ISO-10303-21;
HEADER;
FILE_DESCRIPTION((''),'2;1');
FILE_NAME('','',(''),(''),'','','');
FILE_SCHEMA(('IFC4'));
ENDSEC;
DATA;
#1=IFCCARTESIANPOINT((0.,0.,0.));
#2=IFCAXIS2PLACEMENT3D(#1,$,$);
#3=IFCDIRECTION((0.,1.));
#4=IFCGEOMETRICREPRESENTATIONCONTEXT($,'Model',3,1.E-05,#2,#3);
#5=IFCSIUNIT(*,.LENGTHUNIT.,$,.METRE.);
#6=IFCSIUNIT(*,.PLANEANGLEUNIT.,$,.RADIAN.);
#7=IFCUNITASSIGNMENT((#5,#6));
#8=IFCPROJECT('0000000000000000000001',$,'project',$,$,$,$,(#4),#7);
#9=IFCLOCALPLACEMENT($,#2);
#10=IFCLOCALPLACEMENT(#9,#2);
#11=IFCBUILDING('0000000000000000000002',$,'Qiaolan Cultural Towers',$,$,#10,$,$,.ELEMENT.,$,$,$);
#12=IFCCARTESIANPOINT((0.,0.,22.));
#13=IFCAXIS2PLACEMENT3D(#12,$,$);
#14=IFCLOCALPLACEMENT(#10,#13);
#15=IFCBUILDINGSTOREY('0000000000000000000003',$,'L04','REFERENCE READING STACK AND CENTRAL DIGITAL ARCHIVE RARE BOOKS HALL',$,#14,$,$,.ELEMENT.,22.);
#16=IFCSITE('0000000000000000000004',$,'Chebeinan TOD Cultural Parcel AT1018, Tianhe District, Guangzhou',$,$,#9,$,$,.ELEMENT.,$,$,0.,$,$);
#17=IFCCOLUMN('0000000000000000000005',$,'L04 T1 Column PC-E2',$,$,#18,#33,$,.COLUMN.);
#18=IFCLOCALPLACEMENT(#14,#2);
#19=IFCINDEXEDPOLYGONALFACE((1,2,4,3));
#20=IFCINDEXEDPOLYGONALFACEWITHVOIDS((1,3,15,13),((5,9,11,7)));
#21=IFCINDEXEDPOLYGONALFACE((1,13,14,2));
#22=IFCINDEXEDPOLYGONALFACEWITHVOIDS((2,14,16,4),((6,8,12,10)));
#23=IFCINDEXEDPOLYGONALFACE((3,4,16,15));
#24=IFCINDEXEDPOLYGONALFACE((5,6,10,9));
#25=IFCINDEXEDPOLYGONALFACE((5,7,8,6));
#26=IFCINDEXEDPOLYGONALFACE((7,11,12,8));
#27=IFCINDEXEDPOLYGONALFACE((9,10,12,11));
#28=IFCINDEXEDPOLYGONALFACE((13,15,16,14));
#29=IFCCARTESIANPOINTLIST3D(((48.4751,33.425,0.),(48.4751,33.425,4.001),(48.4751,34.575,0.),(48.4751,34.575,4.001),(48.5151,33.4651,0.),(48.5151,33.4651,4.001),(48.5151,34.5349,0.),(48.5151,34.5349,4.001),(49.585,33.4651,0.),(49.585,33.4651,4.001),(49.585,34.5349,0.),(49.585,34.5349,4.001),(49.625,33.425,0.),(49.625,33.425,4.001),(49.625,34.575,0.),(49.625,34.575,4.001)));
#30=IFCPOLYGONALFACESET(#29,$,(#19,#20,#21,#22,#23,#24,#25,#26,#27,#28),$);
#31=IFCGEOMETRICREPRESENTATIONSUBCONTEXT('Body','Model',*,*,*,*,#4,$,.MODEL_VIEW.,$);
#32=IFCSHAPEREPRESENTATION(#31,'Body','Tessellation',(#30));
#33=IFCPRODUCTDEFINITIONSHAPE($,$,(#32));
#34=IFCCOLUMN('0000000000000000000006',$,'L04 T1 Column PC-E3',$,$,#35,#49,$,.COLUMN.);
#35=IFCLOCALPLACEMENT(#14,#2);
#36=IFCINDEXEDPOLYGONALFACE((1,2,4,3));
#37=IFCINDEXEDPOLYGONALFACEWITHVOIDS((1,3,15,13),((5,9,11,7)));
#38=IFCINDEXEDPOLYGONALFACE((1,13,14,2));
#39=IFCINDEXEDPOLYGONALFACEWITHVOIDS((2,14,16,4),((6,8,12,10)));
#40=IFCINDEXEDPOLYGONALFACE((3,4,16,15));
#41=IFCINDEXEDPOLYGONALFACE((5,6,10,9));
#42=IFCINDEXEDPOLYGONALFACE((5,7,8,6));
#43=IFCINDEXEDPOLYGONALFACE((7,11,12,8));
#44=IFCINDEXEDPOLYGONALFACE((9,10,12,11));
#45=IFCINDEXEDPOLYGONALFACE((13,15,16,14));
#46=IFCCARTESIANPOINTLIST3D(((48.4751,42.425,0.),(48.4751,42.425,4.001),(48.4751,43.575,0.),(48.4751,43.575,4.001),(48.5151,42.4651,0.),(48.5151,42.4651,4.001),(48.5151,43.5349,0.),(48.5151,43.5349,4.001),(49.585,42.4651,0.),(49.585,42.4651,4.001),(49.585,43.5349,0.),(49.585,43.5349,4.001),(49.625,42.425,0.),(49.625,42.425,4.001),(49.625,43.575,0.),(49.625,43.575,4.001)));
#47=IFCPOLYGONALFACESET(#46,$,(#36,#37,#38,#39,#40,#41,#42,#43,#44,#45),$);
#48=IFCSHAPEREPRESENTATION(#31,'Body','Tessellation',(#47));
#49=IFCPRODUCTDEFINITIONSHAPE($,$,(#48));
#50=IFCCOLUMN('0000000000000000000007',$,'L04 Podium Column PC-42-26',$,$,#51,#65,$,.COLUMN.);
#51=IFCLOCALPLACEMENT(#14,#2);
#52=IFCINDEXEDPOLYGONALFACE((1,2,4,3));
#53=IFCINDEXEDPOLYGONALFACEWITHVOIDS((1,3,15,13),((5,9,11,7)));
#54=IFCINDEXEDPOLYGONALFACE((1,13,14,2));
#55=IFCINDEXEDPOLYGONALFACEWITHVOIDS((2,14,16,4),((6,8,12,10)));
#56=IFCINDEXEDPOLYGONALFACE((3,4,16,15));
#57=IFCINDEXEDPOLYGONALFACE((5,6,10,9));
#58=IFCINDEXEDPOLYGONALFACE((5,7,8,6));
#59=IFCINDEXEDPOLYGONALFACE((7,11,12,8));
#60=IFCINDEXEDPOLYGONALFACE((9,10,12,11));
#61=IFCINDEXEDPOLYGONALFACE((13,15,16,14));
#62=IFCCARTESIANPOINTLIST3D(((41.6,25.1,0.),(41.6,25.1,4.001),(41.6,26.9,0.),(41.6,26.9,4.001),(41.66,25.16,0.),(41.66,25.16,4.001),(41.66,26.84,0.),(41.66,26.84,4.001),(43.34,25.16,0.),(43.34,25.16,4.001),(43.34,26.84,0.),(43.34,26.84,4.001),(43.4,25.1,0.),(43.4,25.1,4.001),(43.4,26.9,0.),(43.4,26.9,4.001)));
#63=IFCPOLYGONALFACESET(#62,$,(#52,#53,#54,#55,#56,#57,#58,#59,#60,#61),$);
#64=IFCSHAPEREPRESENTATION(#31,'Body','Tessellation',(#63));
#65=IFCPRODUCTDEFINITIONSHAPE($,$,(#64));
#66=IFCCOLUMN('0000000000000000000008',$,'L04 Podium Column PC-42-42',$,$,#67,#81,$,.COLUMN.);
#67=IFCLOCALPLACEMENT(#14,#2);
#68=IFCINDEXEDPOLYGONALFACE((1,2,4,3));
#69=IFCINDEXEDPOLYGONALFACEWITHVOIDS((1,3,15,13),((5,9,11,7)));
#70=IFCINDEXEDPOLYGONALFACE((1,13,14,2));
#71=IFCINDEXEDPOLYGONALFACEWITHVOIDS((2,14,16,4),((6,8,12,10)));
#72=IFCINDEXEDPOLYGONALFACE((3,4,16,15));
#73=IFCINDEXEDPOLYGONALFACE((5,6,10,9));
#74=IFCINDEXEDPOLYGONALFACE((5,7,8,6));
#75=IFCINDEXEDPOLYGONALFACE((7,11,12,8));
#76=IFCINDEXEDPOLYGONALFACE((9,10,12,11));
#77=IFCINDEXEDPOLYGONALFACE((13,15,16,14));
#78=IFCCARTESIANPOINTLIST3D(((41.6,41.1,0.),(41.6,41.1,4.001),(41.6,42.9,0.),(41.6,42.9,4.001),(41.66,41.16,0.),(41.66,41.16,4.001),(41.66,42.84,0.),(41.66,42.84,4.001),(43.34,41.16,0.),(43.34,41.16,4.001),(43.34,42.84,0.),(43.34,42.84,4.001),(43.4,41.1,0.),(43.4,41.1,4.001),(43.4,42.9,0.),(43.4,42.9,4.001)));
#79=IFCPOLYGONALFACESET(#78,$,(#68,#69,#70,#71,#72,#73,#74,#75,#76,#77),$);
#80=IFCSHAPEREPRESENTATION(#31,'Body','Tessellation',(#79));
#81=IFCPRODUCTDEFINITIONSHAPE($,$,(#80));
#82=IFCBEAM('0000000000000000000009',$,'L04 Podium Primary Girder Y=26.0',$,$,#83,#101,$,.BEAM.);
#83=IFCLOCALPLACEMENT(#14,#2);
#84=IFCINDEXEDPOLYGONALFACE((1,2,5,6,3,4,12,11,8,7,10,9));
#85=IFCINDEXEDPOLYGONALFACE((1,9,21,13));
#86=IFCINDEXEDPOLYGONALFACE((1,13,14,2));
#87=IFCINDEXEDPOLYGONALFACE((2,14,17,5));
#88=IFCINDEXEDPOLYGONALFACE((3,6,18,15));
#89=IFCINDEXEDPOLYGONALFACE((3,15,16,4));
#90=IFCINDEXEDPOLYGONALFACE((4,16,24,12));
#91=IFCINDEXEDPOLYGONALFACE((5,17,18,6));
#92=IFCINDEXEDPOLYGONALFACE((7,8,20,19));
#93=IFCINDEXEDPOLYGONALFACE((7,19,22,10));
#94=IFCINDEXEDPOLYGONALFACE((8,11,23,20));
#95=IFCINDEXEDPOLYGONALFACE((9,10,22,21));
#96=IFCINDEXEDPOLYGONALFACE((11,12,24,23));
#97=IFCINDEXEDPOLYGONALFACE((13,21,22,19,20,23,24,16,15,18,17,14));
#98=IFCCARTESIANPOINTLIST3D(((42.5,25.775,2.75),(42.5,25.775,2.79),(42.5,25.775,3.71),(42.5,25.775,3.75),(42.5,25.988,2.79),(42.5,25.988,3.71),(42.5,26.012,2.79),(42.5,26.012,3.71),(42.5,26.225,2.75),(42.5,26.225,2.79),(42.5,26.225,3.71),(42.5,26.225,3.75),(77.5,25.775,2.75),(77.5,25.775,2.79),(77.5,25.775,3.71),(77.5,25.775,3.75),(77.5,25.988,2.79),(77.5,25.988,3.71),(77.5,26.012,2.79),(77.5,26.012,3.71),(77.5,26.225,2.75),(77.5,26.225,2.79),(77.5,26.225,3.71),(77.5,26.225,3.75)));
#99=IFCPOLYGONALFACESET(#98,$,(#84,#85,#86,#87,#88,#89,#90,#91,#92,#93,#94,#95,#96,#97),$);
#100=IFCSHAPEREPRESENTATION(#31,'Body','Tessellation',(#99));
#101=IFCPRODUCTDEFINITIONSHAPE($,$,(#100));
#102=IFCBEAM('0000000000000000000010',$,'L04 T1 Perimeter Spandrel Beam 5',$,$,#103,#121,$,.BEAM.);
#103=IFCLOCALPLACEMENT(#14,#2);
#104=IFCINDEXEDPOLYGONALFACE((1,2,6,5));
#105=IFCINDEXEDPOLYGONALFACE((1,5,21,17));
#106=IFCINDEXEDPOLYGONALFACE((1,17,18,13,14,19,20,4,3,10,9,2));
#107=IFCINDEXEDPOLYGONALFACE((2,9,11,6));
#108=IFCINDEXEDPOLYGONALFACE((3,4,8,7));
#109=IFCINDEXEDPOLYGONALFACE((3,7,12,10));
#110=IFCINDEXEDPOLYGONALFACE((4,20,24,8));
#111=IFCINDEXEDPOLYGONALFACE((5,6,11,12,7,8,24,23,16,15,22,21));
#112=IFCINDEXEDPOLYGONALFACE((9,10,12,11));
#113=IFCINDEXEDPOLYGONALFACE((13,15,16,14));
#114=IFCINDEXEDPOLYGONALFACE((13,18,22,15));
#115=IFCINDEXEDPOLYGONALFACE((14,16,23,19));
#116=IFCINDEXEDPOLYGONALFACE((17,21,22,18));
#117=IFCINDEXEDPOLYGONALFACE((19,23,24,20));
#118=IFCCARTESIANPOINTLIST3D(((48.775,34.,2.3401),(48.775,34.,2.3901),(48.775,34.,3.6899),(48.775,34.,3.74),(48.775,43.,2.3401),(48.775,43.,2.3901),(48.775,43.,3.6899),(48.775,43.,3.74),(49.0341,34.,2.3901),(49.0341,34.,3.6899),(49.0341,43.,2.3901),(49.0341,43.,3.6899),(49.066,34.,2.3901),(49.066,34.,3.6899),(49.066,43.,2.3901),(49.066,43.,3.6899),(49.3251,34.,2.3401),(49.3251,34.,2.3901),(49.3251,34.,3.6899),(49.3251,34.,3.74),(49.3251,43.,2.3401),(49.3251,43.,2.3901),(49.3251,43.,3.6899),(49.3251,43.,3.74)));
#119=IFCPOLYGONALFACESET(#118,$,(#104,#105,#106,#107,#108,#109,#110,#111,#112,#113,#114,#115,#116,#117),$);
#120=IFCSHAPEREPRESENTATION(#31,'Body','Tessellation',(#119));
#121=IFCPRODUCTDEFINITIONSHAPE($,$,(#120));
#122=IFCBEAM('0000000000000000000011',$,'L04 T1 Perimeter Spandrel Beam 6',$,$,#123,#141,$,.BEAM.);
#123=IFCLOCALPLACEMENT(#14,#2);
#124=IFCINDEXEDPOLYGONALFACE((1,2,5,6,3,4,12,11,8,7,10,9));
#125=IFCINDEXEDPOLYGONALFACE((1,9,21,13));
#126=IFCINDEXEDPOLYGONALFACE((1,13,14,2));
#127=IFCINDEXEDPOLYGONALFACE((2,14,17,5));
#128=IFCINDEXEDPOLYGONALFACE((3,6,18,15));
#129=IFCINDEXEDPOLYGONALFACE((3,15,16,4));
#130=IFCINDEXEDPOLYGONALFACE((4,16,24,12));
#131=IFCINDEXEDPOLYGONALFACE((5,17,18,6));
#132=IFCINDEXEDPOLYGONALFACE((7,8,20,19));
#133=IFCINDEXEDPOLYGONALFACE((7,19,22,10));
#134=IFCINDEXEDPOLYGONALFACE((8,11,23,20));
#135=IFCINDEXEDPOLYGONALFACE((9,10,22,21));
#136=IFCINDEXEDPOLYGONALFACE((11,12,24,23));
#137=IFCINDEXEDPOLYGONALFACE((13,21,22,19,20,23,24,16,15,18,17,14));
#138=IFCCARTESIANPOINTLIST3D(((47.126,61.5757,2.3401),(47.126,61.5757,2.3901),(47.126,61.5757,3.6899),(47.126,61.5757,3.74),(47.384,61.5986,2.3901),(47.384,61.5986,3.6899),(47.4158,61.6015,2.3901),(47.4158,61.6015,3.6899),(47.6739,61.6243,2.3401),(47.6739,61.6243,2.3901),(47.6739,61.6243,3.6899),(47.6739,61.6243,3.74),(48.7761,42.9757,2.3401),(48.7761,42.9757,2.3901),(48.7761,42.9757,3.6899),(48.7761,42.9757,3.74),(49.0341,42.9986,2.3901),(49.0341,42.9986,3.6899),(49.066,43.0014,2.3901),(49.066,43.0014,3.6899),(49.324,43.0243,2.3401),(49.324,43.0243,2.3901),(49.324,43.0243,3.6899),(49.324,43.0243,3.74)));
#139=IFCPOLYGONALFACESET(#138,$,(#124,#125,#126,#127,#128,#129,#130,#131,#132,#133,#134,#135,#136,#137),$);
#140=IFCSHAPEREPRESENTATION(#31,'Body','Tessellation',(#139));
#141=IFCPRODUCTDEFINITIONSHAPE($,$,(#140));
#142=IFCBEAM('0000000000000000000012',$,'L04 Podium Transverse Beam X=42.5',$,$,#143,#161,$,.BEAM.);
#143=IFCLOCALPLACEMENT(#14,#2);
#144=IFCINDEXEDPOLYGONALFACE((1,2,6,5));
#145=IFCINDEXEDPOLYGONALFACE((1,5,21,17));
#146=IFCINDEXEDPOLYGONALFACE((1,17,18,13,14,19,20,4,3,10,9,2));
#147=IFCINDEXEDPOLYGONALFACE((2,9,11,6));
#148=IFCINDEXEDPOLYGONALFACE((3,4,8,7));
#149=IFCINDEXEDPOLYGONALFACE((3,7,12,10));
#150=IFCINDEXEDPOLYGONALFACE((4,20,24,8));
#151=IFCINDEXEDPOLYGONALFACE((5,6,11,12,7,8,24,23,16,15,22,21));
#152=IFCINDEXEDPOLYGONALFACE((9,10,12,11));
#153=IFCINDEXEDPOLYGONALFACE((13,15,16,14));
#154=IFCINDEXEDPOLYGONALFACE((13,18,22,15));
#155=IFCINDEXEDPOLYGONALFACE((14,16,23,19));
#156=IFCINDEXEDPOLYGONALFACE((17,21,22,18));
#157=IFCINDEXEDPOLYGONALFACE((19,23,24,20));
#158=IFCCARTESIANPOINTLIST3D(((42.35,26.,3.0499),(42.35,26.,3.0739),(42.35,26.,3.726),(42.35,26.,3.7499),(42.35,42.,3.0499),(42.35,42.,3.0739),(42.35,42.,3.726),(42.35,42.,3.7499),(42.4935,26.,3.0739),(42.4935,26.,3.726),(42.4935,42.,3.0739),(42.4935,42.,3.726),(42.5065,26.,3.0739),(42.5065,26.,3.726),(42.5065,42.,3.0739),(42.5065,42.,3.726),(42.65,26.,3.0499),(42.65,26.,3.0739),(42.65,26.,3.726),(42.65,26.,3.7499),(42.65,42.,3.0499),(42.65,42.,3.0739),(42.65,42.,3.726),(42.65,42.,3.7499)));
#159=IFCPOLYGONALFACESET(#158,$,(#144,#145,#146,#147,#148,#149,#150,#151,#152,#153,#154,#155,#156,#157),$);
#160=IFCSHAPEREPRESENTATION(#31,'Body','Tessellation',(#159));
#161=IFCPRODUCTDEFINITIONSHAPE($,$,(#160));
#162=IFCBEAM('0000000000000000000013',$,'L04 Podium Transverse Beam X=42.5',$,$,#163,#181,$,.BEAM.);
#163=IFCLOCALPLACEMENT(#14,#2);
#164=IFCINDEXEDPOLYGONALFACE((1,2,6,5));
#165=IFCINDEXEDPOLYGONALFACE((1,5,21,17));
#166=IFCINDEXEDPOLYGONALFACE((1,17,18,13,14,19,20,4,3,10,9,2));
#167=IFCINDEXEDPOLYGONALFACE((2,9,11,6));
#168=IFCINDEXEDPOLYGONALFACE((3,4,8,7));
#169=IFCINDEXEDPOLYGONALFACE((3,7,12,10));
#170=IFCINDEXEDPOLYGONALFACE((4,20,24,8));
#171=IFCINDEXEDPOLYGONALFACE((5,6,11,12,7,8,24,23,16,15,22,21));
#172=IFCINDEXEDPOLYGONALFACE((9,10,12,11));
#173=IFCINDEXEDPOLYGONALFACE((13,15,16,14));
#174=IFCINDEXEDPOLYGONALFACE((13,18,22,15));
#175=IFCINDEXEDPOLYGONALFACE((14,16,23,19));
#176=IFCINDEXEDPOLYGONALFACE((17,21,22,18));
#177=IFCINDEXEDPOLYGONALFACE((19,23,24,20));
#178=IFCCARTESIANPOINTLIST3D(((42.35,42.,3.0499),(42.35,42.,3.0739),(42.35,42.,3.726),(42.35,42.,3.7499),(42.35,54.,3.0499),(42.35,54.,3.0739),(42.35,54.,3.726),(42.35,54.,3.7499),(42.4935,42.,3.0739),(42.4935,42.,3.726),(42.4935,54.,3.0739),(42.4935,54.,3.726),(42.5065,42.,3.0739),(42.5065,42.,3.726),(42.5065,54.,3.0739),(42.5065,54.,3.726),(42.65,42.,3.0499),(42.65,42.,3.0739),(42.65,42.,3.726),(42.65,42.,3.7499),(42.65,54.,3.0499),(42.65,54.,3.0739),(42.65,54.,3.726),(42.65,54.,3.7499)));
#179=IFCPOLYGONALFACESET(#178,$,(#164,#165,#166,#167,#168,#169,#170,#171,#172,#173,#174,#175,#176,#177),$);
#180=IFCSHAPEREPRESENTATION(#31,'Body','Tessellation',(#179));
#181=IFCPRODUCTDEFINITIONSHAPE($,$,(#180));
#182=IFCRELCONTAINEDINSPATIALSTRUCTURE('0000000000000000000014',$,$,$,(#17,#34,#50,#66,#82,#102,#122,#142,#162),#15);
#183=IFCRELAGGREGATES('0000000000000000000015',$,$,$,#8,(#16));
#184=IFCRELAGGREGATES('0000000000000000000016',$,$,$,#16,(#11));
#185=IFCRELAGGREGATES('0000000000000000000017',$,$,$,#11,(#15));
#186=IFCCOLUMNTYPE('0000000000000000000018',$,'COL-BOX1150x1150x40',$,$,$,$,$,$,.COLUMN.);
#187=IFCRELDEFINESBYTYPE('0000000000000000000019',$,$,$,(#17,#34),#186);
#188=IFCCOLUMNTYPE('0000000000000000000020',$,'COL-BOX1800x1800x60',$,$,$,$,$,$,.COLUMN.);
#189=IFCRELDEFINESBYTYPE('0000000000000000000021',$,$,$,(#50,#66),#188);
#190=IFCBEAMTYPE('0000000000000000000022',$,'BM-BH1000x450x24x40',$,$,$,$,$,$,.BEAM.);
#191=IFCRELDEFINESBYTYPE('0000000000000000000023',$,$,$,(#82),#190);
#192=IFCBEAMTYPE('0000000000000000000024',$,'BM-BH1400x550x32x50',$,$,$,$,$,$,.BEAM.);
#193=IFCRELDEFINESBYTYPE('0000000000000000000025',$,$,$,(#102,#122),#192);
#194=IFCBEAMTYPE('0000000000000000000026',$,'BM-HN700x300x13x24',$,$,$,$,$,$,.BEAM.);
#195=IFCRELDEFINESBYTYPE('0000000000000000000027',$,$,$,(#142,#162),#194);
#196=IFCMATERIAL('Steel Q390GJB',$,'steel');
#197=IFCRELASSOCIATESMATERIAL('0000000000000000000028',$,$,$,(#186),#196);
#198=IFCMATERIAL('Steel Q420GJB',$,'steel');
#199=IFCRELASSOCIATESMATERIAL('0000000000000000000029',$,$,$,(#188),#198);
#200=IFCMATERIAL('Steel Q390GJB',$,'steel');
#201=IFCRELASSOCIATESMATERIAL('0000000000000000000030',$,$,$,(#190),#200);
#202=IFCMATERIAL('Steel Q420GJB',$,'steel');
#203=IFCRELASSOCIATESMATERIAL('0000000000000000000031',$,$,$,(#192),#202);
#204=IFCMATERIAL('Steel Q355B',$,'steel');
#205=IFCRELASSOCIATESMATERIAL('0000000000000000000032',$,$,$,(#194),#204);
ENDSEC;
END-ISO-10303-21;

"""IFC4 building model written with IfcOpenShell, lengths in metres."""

from ifc_helpers import new_model, si_unit, direction, frame, origin, origin_2d, place, context, subcontext, project, spatial, hollow_rectangle, i_section, extrude, material, material_profile, profile_set, type_object, element, save


model = new_model("IFC4")

# Units and contexts
model_context = context("Model", 3, precision=1e-05, world=origin(), true_north=direction((0.0, 1.0)))
body_context = subcontext(model_context, "Body", "Model", "MODEL_VIEW")
ifc_project = project(units=[si_unit("LENGTHUNIT", "METRE"), si_unit("PLANEANGLEUNIT", "RADIAN")], contexts=[model_context])

# Site, building, storey
site_placement = place(None, origin())
site = spatial("IfcSite", under=ifc_project, at=site_placement, Name="Chebeinan TOD Cultural Parcel AT1018, Tianhe District, Guangzhou", CompositionType="ELEMENT", RefElevation=0.0)
building_placement = place(site_placement, origin())
building = spatial("IfcBuilding", under=site, at=building_placement, Name="Qiaolan Cultural Towers", CompositionType="ELEMENT")
storey_placement = place(building_placement, frame((0.0, 0.0, 22.0)))
storey = spatial("IfcBuildingStorey", under=building, at=storey_placement, Name="L04", Description="REFERENCE READING STACK AND CENTRAL DIGITAL ARCHIVE RARE BOOKS HALL", CompositionType="ELEMENT", Elevation=22.0)

# Columns
ifc_material_1 = material(Name="Steel Q390GJB", Category="steel")
ifc_material_profile_1 = material_profile(ifc_material_1, hollow_rectangle(XDim=1.1499, YDim=1.1499, WallThickness=0.04, at=origin_2d()), Name="BOX1150x1150x40")
ifc_profile_set_1 = profile_set([ifc_material_profile_1], Name="Steel Q390GJB")
column_type_1 = type_object("IfcColumnType", Name="COL-BOX1150x1150x40", PredefinedType="COLUMN", material=ifc_profile_set_1)
for number, where, z_axis, x_axis, name in (
    (1, (49.05, 34.0, 0.0), (0.0, 0.0, 1.0), (1.0, 0.0, 0.0), "L04 T1 Column PC-E2"),
    (2, (49.05, 43.0, 0.0), (0.0, 0.0, 1.0), (1.0, 0.0, 0.0), "L04 T1 Column PC-E3"),
):
    element("IfcColumn", number, at=place(storey_placement, frame(where, z_axis=z_axis, x_axis=x_axis)), inside=storey, type_object=column_type_1, Name=name, PredefinedType="COLUMN", context=body_context, shape_type="SweptSolid", body=[
        extrude(hollow_rectangle(XDim=1.1499, YDim=1.1499, WallThickness=0.04, at=origin_2d()), origin(), (0.0, 0.0, 1.0), 4.001),
    ])
ifc_material_2 = material(Name="Steel Q420GJB", Category="steel")
ifc_material_profile_2 = material_profile(ifc_material_2, hollow_rectangle(XDim=1.8, YDim=1.8, WallThickness=0.0601, at=origin_2d()), Name="BOX1800x1800x60")
ifc_profile_set_2 = profile_set([ifc_material_profile_2], Name="Steel Q420GJB")
column_type_2 = type_object("IfcColumnType", Name="COL-BOX1800x1800x60", PredefinedType="COLUMN", material=ifc_profile_set_2)
for number, where, z_axis, x_axis, name in (
    (3, (42.5, 26.0, 0.0), (0.0, 0.0, 1.0), (1.0, 0.0, 0.0), "L04 Podium Column PC-42-26"),
    (4, (42.5, 42.0, 0.0), (0.0, 0.0, 1.0), (1.0, 0.0, 0.0), "L04 Podium Column PC-42-42"),
):
    element("IfcColumn", number, at=place(storey_placement, frame(where, z_axis=z_axis, x_axis=x_axis)), inside=storey, type_object=column_type_2, Name=name, PredefinedType="COLUMN", context=body_context, shape_type="SweptSolid", body=[
        extrude(hollow_rectangle(XDim=1.8, YDim=1.8, WallThickness=0.0601, at=origin_2d()), origin(), (0.0, 0.0, 1.0), 4.001),
    ])

# Beams
ifc_material_3 = material(Name="Steel Q390GJB", Category="steel")
ifc_material_profile_3 = material_profile(ifc_material_3, i_section(OverallWidth=0.45, OverallDepth=1.0, WebThickness=0.0239, FlangeThickness=0.04, at=origin_2d()), Name="BH1000x450x24x40")
ifc_profile_set_3 = profile_set([ifc_material_profile_3], Name="Steel Q390GJB")
beam_type_1 = type_object("IfcBeamType", Name="BM-BH1000x450x24x40", PredefinedType="BEAM", material=ifc_profile_set_3)
beam_1_placement = place(storey_placement, frame((42.5, 26.0, 3.25), z_axis=(1.0, 0.0, 0.0), x_axis=(0.0, 1.0, 0.0)))
element("IfcBeam", 5, at=beam_1_placement, inside=storey, type_object=beam_type_1, Name="L04 Podium Primary Girder Y=26.0", PredefinedType="BEAM", context=body_context, shape_type="SweptSolid", body=[
    extrude(i_section(OverallWidth=0.45, OverallDepth=1.0, WebThickness=0.0239, FlangeThickness=0.04, at=origin_2d()), origin(), (0.0, 0.0, 1.0), 35.0),
])
ifc_material_4 = material(Name="Steel Q420GJB", Category="steel")
ifc_material_profile_4 = material_profile(ifc_material_4, i_section(OverallWidth=0.55, OverallDepth=1.3999, WebThickness=0.032, FlangeThickness=0.05, at=origin_2d()), Name="BH1400x550x32x50")
ifc_profile_set_4 = profile_set([ifc_material_profile_4], Name="Steel Q420GJB")
beam_type_2 = type_object("IfcBeamType", Name="BM-BH1400x550x32x50", PredefinedType="BEAM", material=ifc_profile_set_4)
beam_2_placement = place(storey_placement, frame((49.05, 34.0, 3.04), z_axis=(0.0, 1.0, 0.0), x_axis=(-1.0, 0.0, 0.0)))
element("IfcBeam", 6, at=beam_2_placement, inside=storey, type_object=beam_type_2, Name="L04 T1 Perimeter Spandrel Beam 5", PredefinedType="BEAM", context=body_context, shape_type="SweptSolid", body=[
    extrude(i_section(OverallWidth=0.55, OverallDepth=1.3999, WebThickness=0.032, FlangeThickness=0.05, at=origin_2d()), origin(), (0.0, 0.0, 1.0), 9.0),
])
beam_3_placement = place(storey_placement, frame((49.05, 43.0, 3.04), z_axis=(-0.08837, 0.996088, 0.0), x_axis=(-0.996088, -0.08837, 0.0)))
element("IfcBeam", 7, at=beam_3_placement, inside=storey, type_object=beam_type_2, Name="L04 T1 Perimeter Spandrel Beam 6", PredefinedType="BEAM", context=body_context, shape_type="SweptSolid", body=[
    extrude(i_section(OverallWidth=0.55, OverallDepth=1.3999, WebThickness=0.032, FlangeThickness=0.05, at=origin_2d()), origin(), (0.0, 0.0, 1.0), 18.6731),
])
ifc_material_5 = material(Name="Steel Q355B", Category="steel")
ifc_material_profile_5 = material_profile(ifc_material_5, i_section(OverallWidth=0.3, OverallDepth=0.7, WebThickness=0.0129, FlangeThickness=0.0239, at=origin_2d()), Name="HN700x300x13x24")
ifc_profile_set_5 = profile_set([ifc_material_profile_5], Name="Steel Q355B")
beam_type_3 = type_object("IfcBeamType", Name="BM-HN700x300x13x24", PredefinedType="BEAM", material=ifc_profile_set_5)
beam_4_placement = place(storey_placement, frame((42.5, 26.0, 3.3999), z_axis=(0.0, 1.0, 0.0), x_axis=(-1.0, 0.0, 0.0)))
element("IfcBeam", 8, at=beam_4_placement, inside=storey, type_object=beam_type_3, Name="L04 Podium Transverse Beam X=42.5", PredefinedType="BEAM", context=body_context, shape_type="SweptSolid", body=[
    extrude(i_section(OverallWidth=0.3, OverallDepth=0.7, WebThickness=0.0129, FlangeThickness=0.0239, at=origin_2d()), origin(), (0.0, 0.0, 1.0), 16.0),
])
beam_5_placement = place(storey_placement, frame((42.5, 42.0, 3.3999), z_axis=(0.0, 1.0, 0.0), x_axis=(-1.0, 0.0, 0.0)))
element("IfcBeam", 9, at=beam_5_placement, inside=storey, type_object=beam_type_3, Name="L04 Podium Transverse Beam X=42.5", PredefinedType="BEAM", context=body_context, shape_type="SweptSolid", body=[
    extrude(i_section(OverallWidth=0.3, OverallDepth=0.7, WebThickness=0.0129, FlangeThickness=0.0239, at=origin_2d()), origin(), (0.0, 0.0, 1.0), 12.0),
])

save(model, "model.ifc")
